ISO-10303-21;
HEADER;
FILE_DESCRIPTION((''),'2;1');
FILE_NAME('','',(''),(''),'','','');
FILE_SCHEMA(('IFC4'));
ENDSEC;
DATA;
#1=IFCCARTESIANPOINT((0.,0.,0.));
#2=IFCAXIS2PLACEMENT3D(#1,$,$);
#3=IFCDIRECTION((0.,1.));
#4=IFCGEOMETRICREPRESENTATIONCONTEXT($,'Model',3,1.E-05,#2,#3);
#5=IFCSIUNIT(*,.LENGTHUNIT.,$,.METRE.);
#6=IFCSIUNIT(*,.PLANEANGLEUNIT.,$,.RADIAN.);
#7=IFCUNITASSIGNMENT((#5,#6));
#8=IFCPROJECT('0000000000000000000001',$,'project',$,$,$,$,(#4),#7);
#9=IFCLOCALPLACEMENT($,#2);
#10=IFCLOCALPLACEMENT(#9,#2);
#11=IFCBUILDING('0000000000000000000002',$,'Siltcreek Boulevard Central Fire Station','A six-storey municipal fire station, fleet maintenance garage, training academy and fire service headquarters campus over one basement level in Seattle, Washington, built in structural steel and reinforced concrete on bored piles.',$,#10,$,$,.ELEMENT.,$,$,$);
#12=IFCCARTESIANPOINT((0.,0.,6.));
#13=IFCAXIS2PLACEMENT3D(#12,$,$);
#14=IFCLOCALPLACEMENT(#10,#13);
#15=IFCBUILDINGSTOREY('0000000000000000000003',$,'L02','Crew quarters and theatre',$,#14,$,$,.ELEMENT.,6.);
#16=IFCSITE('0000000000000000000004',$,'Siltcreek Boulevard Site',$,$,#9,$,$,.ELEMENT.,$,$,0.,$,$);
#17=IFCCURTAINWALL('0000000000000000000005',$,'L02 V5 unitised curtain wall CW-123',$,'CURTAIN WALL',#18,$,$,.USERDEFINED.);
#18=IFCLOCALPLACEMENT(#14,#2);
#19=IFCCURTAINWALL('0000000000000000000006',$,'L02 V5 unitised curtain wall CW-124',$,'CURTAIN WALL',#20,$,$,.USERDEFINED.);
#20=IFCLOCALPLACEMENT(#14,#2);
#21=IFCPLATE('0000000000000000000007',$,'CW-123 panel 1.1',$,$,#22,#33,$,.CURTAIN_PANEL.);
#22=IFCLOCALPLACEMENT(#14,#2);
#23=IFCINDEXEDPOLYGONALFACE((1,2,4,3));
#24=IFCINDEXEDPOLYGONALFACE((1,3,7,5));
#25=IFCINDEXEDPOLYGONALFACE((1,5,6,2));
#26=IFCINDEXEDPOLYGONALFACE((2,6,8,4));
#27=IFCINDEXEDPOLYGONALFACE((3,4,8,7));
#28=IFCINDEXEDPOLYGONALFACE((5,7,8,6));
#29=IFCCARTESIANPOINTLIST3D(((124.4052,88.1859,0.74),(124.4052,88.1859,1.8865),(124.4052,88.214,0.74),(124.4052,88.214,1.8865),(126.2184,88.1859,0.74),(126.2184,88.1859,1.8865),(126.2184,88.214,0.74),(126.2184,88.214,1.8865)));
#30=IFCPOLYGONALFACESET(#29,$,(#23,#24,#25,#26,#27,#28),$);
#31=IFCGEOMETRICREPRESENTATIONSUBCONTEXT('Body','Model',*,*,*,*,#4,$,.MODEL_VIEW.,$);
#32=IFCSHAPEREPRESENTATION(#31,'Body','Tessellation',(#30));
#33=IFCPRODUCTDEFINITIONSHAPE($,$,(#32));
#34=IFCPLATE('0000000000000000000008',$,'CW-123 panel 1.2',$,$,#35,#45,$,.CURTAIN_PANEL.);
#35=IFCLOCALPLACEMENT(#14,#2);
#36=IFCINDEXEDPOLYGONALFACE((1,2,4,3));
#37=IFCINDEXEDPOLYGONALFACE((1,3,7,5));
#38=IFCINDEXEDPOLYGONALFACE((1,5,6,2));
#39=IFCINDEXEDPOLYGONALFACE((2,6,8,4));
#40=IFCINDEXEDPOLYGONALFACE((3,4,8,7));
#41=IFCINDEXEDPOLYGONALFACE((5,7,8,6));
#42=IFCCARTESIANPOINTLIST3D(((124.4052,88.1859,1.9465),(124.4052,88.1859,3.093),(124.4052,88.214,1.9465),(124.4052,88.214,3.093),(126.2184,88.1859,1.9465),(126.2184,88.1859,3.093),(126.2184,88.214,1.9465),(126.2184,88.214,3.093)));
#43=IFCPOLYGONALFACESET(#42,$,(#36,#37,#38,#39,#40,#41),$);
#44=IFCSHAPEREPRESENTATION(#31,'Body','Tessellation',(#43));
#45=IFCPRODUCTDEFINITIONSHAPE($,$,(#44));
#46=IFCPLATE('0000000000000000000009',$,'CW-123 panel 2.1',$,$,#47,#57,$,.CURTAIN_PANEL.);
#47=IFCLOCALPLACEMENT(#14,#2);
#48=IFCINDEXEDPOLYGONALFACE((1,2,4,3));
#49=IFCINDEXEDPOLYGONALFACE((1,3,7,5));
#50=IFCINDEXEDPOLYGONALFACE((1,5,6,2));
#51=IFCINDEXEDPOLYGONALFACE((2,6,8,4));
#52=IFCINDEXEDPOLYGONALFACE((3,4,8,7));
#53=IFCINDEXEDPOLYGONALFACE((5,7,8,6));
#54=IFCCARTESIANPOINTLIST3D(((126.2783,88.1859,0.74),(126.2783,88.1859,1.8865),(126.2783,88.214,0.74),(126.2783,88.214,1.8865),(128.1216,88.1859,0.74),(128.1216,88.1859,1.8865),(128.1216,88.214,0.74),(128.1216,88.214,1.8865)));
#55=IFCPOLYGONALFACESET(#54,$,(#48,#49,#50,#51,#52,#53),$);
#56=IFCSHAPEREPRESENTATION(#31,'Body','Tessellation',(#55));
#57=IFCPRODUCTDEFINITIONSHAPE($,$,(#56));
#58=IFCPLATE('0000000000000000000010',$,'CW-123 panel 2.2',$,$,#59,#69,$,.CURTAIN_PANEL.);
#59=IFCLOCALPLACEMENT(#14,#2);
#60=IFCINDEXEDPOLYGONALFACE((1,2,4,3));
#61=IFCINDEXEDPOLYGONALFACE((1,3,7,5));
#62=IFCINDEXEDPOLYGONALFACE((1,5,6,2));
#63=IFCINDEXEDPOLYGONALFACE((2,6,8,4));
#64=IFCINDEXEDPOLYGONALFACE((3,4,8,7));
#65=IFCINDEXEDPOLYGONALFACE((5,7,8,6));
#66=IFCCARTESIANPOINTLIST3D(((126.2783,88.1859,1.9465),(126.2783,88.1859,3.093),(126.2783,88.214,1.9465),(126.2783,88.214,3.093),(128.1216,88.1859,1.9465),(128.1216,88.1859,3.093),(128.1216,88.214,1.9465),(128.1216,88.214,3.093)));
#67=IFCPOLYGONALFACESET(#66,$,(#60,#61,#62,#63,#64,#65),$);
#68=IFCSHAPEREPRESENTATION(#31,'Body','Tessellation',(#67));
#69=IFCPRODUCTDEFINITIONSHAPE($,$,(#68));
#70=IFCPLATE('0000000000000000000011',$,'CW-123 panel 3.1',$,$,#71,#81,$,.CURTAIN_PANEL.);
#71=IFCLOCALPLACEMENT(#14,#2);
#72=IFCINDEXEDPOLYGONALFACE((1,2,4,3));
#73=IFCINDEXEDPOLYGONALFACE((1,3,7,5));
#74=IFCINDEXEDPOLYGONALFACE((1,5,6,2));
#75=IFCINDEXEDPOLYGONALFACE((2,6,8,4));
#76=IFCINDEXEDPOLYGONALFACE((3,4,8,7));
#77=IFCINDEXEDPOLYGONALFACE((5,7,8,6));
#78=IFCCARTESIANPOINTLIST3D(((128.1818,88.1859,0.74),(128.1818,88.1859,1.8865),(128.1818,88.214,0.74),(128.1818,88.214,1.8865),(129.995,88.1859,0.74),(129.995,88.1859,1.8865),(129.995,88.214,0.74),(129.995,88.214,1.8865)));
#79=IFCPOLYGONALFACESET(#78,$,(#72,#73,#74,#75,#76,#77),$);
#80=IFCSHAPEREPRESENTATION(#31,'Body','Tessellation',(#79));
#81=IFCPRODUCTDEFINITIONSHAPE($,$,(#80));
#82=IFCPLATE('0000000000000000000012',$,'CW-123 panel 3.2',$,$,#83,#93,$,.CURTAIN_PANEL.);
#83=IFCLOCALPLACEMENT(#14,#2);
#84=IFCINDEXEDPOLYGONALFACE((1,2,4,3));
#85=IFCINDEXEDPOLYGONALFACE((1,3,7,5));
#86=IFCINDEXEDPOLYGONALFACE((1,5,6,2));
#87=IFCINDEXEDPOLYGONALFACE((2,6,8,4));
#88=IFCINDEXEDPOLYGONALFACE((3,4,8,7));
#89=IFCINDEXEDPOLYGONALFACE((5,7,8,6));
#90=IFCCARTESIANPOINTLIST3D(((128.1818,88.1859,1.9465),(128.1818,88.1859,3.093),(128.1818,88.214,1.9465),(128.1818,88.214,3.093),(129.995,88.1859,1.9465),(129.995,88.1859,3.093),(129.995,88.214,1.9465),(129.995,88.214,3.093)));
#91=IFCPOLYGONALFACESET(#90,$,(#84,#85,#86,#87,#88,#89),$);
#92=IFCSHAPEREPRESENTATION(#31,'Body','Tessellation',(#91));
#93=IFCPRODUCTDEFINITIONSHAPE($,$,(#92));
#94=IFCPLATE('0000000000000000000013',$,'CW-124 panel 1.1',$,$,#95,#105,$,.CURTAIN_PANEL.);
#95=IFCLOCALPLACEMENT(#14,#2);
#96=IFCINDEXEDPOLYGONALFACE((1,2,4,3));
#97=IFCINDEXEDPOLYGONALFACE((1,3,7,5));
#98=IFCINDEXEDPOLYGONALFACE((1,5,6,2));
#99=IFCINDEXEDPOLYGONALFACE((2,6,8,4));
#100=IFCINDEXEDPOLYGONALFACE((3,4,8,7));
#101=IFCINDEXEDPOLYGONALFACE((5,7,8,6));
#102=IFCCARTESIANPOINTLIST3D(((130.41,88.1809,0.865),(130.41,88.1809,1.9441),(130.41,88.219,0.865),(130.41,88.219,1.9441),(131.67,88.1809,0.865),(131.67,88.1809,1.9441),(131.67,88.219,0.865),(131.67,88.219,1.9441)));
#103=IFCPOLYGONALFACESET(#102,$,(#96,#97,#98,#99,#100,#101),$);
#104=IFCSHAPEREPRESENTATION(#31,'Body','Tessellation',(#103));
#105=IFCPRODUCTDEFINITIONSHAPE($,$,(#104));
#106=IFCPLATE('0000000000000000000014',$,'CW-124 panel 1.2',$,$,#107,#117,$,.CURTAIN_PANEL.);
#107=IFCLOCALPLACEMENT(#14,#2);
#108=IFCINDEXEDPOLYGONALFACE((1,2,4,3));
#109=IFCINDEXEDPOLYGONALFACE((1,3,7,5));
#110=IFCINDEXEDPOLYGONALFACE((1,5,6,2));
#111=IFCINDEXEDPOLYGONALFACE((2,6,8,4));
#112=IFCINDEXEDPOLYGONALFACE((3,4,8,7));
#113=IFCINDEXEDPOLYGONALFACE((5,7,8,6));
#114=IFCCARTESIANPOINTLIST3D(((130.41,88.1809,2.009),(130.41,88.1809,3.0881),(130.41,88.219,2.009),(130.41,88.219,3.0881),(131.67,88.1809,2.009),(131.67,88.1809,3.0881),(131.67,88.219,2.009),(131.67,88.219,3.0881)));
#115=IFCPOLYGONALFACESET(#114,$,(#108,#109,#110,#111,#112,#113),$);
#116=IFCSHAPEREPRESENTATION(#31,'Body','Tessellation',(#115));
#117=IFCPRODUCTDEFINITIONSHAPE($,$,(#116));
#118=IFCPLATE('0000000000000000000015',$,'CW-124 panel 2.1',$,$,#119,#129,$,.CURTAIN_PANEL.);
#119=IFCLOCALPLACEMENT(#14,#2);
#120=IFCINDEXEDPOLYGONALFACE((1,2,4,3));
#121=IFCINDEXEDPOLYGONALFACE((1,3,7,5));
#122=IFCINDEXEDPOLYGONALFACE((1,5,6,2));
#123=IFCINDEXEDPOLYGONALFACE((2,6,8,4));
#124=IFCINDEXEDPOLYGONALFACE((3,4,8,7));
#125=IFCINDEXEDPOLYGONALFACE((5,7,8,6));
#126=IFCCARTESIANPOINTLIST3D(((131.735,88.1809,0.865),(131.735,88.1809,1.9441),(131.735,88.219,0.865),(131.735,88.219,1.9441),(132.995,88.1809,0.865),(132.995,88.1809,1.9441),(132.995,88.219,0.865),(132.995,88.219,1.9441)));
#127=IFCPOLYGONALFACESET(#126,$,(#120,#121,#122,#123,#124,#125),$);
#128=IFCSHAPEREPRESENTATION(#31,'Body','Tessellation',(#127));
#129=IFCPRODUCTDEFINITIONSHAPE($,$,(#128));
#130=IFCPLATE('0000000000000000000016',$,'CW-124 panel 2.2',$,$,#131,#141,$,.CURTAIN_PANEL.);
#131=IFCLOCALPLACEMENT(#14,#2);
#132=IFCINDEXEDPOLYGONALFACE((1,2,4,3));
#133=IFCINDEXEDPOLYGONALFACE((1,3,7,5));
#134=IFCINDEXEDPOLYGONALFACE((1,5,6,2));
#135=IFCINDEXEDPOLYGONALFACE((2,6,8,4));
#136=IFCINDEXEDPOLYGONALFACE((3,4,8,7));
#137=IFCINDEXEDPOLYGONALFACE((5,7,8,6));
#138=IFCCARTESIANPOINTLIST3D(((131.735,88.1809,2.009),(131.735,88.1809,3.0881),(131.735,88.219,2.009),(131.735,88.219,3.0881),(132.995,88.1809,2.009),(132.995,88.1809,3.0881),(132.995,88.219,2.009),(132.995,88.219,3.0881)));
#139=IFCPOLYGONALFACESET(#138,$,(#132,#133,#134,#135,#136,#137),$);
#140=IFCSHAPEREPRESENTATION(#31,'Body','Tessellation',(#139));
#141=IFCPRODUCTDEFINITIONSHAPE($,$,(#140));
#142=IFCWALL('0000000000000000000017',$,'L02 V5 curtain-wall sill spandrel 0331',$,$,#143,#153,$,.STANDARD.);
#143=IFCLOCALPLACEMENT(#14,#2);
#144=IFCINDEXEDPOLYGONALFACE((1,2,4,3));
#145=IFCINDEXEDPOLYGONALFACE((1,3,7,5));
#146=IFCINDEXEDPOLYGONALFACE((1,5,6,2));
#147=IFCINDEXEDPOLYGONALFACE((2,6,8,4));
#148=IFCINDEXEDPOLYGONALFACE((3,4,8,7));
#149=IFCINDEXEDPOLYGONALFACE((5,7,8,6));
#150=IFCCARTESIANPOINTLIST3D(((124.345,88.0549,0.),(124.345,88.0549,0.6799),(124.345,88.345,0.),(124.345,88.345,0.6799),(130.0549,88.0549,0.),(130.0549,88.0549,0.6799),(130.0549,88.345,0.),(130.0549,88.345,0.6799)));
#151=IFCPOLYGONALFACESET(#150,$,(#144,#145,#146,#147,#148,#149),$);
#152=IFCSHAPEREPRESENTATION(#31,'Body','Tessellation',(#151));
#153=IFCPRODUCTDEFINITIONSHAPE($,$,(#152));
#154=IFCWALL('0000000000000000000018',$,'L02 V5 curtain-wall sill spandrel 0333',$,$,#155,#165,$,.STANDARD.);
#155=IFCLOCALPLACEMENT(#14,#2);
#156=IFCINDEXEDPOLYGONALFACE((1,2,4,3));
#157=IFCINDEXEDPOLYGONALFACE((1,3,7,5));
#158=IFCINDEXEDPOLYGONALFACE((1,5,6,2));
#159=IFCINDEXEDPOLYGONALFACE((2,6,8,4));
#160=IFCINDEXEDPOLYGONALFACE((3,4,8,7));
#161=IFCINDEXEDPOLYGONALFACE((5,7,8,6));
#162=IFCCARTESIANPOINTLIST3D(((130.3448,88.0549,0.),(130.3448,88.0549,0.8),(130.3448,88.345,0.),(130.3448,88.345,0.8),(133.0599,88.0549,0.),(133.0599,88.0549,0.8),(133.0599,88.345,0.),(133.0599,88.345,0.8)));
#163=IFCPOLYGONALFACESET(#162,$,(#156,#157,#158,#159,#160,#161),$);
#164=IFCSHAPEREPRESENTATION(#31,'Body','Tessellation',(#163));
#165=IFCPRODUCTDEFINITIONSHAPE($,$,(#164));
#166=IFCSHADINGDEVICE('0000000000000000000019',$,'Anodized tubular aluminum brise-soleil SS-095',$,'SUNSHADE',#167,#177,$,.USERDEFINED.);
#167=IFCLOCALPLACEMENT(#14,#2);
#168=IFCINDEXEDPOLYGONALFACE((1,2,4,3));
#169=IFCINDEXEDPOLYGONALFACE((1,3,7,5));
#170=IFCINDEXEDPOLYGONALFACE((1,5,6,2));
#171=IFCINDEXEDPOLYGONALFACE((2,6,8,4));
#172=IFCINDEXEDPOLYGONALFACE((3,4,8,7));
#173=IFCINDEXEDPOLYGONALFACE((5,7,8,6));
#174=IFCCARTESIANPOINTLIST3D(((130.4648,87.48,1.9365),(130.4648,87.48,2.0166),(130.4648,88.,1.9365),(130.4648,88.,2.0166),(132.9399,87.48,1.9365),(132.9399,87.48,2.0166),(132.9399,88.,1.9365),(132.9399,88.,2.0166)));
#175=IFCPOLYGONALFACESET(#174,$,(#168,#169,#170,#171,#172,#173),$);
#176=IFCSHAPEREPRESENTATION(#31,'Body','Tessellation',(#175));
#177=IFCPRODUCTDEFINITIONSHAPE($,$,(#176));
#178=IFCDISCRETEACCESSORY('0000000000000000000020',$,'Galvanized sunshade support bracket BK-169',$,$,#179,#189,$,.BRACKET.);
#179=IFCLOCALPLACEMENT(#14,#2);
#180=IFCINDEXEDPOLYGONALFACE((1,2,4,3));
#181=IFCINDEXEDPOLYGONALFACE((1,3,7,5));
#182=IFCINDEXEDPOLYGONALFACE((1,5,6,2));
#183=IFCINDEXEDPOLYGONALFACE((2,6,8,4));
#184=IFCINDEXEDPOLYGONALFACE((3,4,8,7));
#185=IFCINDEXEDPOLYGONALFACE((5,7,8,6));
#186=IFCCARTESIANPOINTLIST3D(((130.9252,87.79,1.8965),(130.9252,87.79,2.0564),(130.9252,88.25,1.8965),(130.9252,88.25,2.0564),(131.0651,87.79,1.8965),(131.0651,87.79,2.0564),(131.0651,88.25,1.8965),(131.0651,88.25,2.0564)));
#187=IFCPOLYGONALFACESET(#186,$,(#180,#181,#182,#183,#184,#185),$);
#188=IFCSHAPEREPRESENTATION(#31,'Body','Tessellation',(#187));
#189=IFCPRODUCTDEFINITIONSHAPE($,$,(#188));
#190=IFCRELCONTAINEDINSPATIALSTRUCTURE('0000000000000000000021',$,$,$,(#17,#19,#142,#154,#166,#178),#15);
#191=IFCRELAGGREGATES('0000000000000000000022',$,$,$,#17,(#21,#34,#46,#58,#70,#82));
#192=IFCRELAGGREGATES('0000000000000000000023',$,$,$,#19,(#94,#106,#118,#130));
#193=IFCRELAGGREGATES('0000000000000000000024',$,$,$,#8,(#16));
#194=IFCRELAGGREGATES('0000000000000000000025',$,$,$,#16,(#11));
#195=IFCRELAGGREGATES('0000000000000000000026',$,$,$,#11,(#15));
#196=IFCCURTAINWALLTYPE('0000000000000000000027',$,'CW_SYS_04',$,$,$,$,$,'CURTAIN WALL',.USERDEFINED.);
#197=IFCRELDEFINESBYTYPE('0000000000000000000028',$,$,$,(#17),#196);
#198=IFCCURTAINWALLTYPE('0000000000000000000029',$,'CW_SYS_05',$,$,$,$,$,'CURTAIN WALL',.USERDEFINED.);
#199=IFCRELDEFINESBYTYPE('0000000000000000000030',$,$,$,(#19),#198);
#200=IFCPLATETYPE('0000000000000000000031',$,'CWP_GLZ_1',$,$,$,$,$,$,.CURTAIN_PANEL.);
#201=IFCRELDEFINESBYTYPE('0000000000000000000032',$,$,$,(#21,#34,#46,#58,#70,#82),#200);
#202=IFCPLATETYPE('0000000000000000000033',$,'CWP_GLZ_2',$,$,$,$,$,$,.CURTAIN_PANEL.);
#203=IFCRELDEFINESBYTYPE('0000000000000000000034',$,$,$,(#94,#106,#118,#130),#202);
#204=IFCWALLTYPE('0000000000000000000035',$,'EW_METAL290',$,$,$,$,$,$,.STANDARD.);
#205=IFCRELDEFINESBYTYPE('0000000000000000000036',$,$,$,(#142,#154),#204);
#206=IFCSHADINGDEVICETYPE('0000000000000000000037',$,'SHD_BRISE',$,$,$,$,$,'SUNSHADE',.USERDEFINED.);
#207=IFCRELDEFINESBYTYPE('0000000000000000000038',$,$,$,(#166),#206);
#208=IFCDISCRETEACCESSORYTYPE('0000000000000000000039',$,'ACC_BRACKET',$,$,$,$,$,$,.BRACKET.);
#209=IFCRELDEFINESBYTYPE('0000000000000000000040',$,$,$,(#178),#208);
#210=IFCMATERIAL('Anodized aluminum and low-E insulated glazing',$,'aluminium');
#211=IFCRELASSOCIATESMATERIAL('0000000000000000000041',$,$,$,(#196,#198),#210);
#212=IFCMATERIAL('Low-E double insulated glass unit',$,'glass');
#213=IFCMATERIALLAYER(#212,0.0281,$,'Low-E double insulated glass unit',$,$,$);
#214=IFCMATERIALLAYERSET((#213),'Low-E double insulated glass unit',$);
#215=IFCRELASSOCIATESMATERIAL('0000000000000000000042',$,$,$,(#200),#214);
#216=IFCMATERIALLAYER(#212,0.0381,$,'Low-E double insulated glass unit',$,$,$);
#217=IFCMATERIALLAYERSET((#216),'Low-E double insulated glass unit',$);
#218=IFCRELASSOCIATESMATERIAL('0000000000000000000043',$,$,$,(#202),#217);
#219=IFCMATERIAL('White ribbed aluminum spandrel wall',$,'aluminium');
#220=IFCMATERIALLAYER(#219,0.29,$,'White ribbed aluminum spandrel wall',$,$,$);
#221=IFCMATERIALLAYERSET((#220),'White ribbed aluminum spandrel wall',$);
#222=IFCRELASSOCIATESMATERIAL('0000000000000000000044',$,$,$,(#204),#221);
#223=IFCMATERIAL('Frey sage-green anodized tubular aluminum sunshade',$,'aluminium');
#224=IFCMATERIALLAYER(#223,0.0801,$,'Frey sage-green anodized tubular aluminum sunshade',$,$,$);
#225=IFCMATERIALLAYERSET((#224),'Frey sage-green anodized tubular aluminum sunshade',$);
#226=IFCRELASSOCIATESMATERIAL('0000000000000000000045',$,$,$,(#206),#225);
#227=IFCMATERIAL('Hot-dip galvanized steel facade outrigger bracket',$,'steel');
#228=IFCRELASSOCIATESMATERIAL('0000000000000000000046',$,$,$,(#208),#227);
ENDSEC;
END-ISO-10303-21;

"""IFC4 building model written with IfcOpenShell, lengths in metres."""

from ifc_helpers import new_model, si_unit, direction, frame, frame_2d, origin, origin_2d, place, context, subcontext, project, spatial, rectangle, extrude, material, layer, layer_set, type_object, element, aggregate, save


model = new_model("IFC4")

# Units and contexts
model_context = context("Model", 3, precision=1e-05, world=origin(), true_north=direction((0.0, 1.0)))
body_context = subcontext(model_context, "Body", "Model", "MODEL_VIEW")
ifc_project = project(units=[si_unit("LENGTHUNIT", "METRE"), si_unit("PLANEANGLEUNIT", "RADIAN")], contexts=[model_context])

# Site, building, storey
site_placement = place(None, origin())
site = spatial("IfcSite", under=ifc_project, at=site_placement, Name="Siltcreek Boulevard Site", CompositionType="ELEMENT", RefElevation=0.0)
building_placement = place(site_placement, origin())
building = spatial("IfcBuilding", under=site, at=building_placement, Name="Siltcreek Boulevard Central Fire Station", Description="A six-storey municipal fire station, fleet maintenance garage, training academy and fire service headquarters campus over one basement level in Seattle, Washington, built in structural steel and reinforced concrete on bored piles.", CompositionType="ELEMENT")
storey_placement = place(building_placement, frame((0.0, 0.0, 6.0)))
storey = spatial("IfcBuildingStorey", under=building, at=storey_placement, Name="L02", Description="Crew quarters and theatre", CompositionType="ELEMENT", Elevation=6.0)

# Curtain walls
ifc_material_1 = material(Name="Anodized aluminum and low-E insulated glazing", Category="aluminium")
curtain_wall_type_1 = type_object("IfcCurtainWallType", Name="CW_SYS_04", ElementType="CURTAIN WALL", PredefinedType="USERDEFINED", material=ifc_material_1)
curtain_wall_1_placement = place(storey_placement, origin())
curtain_wall_1 = element("IfcCurtainWall", 1, at=curtain_wall_1_placement, inside=storey, type_object=curtain_wall_type_1, Name="L02 V5 unitised curtain wall CW-123", ObjectType="CURTAIN WALL", PredefinedType="USERDEFINED")
curtain_wall_type_2 = type_object("IfcCurtainWallType", Name="CW_SYS_05", ElementType="CURTAIN WALL", PredefinedType="USERDEFINED", material=ifc_material_1)
curtain_wall_2_placement = place(storey_placement, origin())
curtain_wall_2 = element("IfcCurtainWall", 2, at=curtain_wall_2_placement, inside=storey, type_object=curtain_wall_type_2, Name="L02 V5 unitised curtain wall CW-124", ObjectType="CURTAIN WALL", PredefinedType="USERDEFINED")

# Plates
ifc_material_2 = material(Name="Low-E double insulated glass unit", Category="glass")
ifc_layer_1 = layer(ifc_material_2, 0.0281, Name="Low-E double insulated glass unit")
ifc_layer_set_1 = layer_set([ifc_layer_1], Name="Low-E double insulated glass unit")
plate_type_1 = type_object("IfcPlateType", Name="CWP_GLZ_1", PredefinedType="CURTAIN_PANEL", material=ifc_layer_set_1)
plate_1_placement = place(storey_placement, frame((125.3118, 88.2, 0.74), z_axis=(0.0, 0.0, 1.0), x_axis=(1.0, 0.0, 0.0)))
plate_1 = element("IfcPlate", 3, at=plate_1_placement, type_object=plate_type_1, Name="CW-123 panel 1.1", PredefinedType="CURTAIN_PANEL", context=body_context, shape_type="SweptSolid", body=[
    extrude(rectangle(XDim=1.8132, YDim=0.0281, at=origin_2d()), origin(), (0.0, 0.0, 1.0), 1.1465),
])
plate_2_placement = place(storey_placement, frame((125.3118, 88.2, 1.9465), z_axis=(0.0, 0.0, 1.0), x_axis=(1.0, 0.0, 0.0)))
plate_2 = element("IfcPlate", 4, at=plate_2_placement, type_object=plate_type_1, Name="CW-123 panel 1.2", PredefinedType="CURTAIN_PANEL", context=body_context, shape_type="SweptSolid", body=[
    extrude(rectangle(XDim=1.8132, YDim=0.0281, at=origin_2d()), origin(), (0.0, 0.0, 1.0), 1.1465),
])
plate_3_placement = place(storey_placement, frame((127.2, 88.2, 0.74), z_axis=(0.0, 0.0, 1.0), x_axis=(1.0, 0.0, 0.0)))
plate_3 = element("IfcPlate", 5, at=plate_3_placement, type_object=plate_type_1, Name="CW-123 panel 2.1", PredefinedType="CURTAIN_PANEL", context=body_context, shape_type="SweptSolid", body=[
    extrude(rectangle(XDim=1.8433, YDim=0.0281, at=origin_2d()), origin(), (0.0, 0.0, 1.0), 1.1465),
])
plate_4_placement = place(storey_placement, frame((127.2, 88.2, 1.9465), z_axis=(0.0, 0.0, 1.0), x_axis=(1.0, 0.0, 0.0)))
plate_4 = element("IfcPlate", 6, at=plate_4_placement, type_object=plate_type_1, Name="CW-123 panel 2.2", PredefinedType="CURTAIN_PANEL", context=body_context, shape_type="SweptSolid", body=[
    extrude(rectangle(XDim=1.8433, YDim=0.0281, at=origin_2d()), origin(), (0.0, 0.0, 1.0), 1.1465),
])
plate_5_placement = place(storey_placement, frame((129.0884, 88.2, 0.74), z_axis=(0.0, 0.0, 1.0), x_axis=(1.0, 0.0, 0.0)))
plate_5 = element("IfcPlate", 7, at=plate_5_placement, type_object=plate_type_1, Name="CW-123 panel 3.1", PredefinedType="CURTAIN_PANEL", context=body_context, shape_type="SweptSolid", body=[
    extrude(rectangle(XDim=1.8132, YDim=0.0281, at=origin_2d()), origin(), (0.0, 0.0, 1.0), 1.1465),
])
plate_6_placement = place(storey_placement, frame((129.0884, 88.2, 1.9465), z_axis=(0.0, 0.0, 1.0), x_axis=(1.0, 0.0, 0.0)))
plate_6 = element("IfcPlate", 8, at=plate_6_placement, type_object=plate_type_1, Name="CW-123 panel 3.2", PredefinedType="CURTAIN_PANEL", context=body_context, shape_type="SweptSolid", body=[
    extrude(rectangle(XDim=1.8132, YDim=0.0281, at=origin_2d()), origin(), (0.0, 0.0, 1.0), 1.1465),
])
aggregate(curtain_wall_1, [plate_1, plate_2, plate_3, plate_4, plate_5, plate_6])
ifc_layer_2 = layer(ifc_material_2, 0.0381, Name="Low-E double insulated glass unit")
ifc_layer_set_2 = layer_set([ifc_layer_2], Name="Low-E double insulated glass unit")
plate_type_2 = type_object("IfcPlateType", Name="CWP_GLZ_2", PredefinedType="CURTAIN_PANEL", material=ifc_layer_set_2)
plate_7_placement = place(storey_placement, frame((131.04, 88.2, 0.865), z_axis=(0.0, 0.0, 1.0), x_axis=(1.0, 0.0, 0.0)))
plate_7 = element("IfcPlate", 9, at=plate_7_placement, type_object=plate_type_2, Name="CW-124 panel 1.1", PredefinedType="CURTAIN_PANEL", context=body_context, shape_type="SweptSolid", body=[
    extrude(rectangle(XDim=1.26, YDim=0.0381, at=origin_2d()), origin(), (0.0, 0.0, 1.0), 1.0791),
])
plate_8_placement = place(storey_placement, frame((131.04, 88.2, 2.009), z_axis=(0.0, 0.0, 1.0), x_axis=(1.0, 0.0, 0.0)))
plate_8 = element("IfcPlate", 10, at=plate_8_placement, type_object=plate_type_2, Name="CW-124 panel 1.2", PredefinedType="CURTAIN_PANEL", context=body_context, shape_type="SweptSolid", body=[
    extrude(rectangle(XDim=1.26, YDim=0.0381, at=origin_2d()), origin(), (0.0, 0.0, 1.0), 1.0791),
])
plate_9_placement = place(storey_placement, frame((132.365, 88.2, 0.865), z_axis=(0.0, 0.0, 1.0), x_axis=(1.0, 0.0, 0.0)))
plate_9 = element("IfcPlate", 11, at=plate_9_placement, type_object=plate_type_2, Name="CW-124 panel 2.1", PredefinedType="CURTAIN_PANEL", context=body_context, shape_type="SweptSolid", body=[
    extrude(rectangle(XDim=1.26, YDim=0.0381, at=origin_2d()), origin(), (0.0, 0.0, 1.0), 1.0791),
])
plate_10_placement = place(storey_placement, frame((132.365, 88.2, 2.009), z_axis=(0.0, 0.0, 1.0), x_axis=(1.0, 0.0, 0.0)))
plate_10 = element("IfcPlate", 12, at=plate_10_placement, type_object=plate_type_2, Name="CW-124 panel 2.2", PredefinedType="CURTAIN_PANEL", context=body_context, shape_type="SweptSolid", body=[
    extrude(rectangle(XDim=1.26, YDim=0.0381, at=origin_2d()), origin(), (0.0, 0.0, 1.0), 1.0791),
])
aggregate(curtain_wall_2, [plate_7, plate_8, plate_9, plate_10])

# Walls
ifc_material_3 = material(Name="White ribbed aluminum spandrel wall", Category="aluminium")
ifc_layer_3 = layer(ifc_material_3, 0.29, Name="White ribbed aluminum spandrel wall")
ifc_layer_set_3 = layer_set([ifc_layer_3], Name="White ribbed aluminum spandrel wall")
wall_type = type_object("IfcWallType", Name="EW_METAL290", PredefinedType="STANDARD", material=ifc_layer_set_3)
wall_1_placement = place(storey_placement, frame((124.345, 88.2, 0.0), z_axis=(0.0, 0.0, 1.0), x_axis=(1.0, 0.0, 0.0)))
element("IfcWall", 13, at=wall_1_placement, inside=storey, type_object=wall_type, Name="L02 V5 curtain-wall sill spandrel 0331", PredefinedType="STANDARD", context=body_context, shape_type="SweptSolid", body=[
    extrude(rectangle(XDim=5.71, YDim=0.29, at=frame_2d((2.855, 0.0))), origin(), (0.0, 0.0, 1.0), 0.6799),
])
wall_2_placement = place(storey_placement, frame((130.345, 88.2, 0.0), z_axis=(0.0, 0.0, 1.0), x_axis=(1.0, 0.0, 0.0)))
element("IfcWall", 14, at=wall_2_placement, inside=storey, type_object=wall_type, Name="L02 V5 curtain-wall sill spandrel 0333", PredefinedType="STANDARD", context=body_context, shape_type="SweptSolid", body=[
    extrude(rectangle(XDim=2.7151, YDim=0.29, at=frame_2d((1.3574, 0.0))), origin(), (0.0, 0.0, 1.0), 0.8),
])

# Shading device
ifc_material_4 = material(Name="Frey sage-green anodized tubular aluminum sunshade", Category="aluminium")
ifc_layer_4 = layer(ifc_material_4, 0.0801, Name="Frey sage-green anodized tubular aluminum sunshade")
ifc_layer_set_4 = layer_set([ifc_layer_4], Name="Frey sage-green anodized tubular aluminum sunshade")
shading_device_type = type_object("IfcShadingDeviceType", Name="SHD_BRISE", ElementType="SUNSHADE", PredefinedType="USERDEFINED", material=ifc_layer_set_4)
shading_device_placement = place(storey_placement, frame((131.7024, 87.74, 1.9365), z_axis=(0.0, 0.0, 1.0), x_axis=(1.0, 0.0, 0.0)))
element("IfcShadingDevice", 15, at=shading_device_placement, inside=storey, type_object=shading_device_type, Name="Anodized tubular aluminum brise-soleil SS-095", ObjectType="SUNSHADE", PredefinedType="USERDEFINED", context=body_context, shape_type="SweptSolid", body=[
    extrude(rectangle(XDim=2.4751, YDim=0.52, at=origin_2d()), origin(), (0.0, 0.0, 1.0), 0.0801),
])

# Discrete accessory
ifc_material_5 = material(Name="Hot-dip galvanized steel facade outrigger bracket", Category="steel")
discrete_accessory_type = type_object("IfcDiscreteAccessoryType", Name="ACC_BRACKET", PredefinedType="BRACKET", material=ifc_material_5)
discrete_accessory_placement = place(storey_placement, frame((130.9951, 88.02, 1.8965), z_axis=(0.0, 0.0, 1.0), x_axis=(1.0, 0.0, 0.0)))
element("IfcDiscreteAccessory", 16, at=discrete_accessory_placement, inside=storey, type_object=discrete_accessory_type, Name="Galvanized sunshade support bracket BK-169", PredefinedType="BRACKET", context=body_context, shape_type="SweptSolid", body=[
    extrude(rectangle(XDim=0.1399, YDim=0.46, at=origin_2d()), origin(), (0.0, 0.0, 1.0), 0.1599),
])

save(model, "model.ifc")
